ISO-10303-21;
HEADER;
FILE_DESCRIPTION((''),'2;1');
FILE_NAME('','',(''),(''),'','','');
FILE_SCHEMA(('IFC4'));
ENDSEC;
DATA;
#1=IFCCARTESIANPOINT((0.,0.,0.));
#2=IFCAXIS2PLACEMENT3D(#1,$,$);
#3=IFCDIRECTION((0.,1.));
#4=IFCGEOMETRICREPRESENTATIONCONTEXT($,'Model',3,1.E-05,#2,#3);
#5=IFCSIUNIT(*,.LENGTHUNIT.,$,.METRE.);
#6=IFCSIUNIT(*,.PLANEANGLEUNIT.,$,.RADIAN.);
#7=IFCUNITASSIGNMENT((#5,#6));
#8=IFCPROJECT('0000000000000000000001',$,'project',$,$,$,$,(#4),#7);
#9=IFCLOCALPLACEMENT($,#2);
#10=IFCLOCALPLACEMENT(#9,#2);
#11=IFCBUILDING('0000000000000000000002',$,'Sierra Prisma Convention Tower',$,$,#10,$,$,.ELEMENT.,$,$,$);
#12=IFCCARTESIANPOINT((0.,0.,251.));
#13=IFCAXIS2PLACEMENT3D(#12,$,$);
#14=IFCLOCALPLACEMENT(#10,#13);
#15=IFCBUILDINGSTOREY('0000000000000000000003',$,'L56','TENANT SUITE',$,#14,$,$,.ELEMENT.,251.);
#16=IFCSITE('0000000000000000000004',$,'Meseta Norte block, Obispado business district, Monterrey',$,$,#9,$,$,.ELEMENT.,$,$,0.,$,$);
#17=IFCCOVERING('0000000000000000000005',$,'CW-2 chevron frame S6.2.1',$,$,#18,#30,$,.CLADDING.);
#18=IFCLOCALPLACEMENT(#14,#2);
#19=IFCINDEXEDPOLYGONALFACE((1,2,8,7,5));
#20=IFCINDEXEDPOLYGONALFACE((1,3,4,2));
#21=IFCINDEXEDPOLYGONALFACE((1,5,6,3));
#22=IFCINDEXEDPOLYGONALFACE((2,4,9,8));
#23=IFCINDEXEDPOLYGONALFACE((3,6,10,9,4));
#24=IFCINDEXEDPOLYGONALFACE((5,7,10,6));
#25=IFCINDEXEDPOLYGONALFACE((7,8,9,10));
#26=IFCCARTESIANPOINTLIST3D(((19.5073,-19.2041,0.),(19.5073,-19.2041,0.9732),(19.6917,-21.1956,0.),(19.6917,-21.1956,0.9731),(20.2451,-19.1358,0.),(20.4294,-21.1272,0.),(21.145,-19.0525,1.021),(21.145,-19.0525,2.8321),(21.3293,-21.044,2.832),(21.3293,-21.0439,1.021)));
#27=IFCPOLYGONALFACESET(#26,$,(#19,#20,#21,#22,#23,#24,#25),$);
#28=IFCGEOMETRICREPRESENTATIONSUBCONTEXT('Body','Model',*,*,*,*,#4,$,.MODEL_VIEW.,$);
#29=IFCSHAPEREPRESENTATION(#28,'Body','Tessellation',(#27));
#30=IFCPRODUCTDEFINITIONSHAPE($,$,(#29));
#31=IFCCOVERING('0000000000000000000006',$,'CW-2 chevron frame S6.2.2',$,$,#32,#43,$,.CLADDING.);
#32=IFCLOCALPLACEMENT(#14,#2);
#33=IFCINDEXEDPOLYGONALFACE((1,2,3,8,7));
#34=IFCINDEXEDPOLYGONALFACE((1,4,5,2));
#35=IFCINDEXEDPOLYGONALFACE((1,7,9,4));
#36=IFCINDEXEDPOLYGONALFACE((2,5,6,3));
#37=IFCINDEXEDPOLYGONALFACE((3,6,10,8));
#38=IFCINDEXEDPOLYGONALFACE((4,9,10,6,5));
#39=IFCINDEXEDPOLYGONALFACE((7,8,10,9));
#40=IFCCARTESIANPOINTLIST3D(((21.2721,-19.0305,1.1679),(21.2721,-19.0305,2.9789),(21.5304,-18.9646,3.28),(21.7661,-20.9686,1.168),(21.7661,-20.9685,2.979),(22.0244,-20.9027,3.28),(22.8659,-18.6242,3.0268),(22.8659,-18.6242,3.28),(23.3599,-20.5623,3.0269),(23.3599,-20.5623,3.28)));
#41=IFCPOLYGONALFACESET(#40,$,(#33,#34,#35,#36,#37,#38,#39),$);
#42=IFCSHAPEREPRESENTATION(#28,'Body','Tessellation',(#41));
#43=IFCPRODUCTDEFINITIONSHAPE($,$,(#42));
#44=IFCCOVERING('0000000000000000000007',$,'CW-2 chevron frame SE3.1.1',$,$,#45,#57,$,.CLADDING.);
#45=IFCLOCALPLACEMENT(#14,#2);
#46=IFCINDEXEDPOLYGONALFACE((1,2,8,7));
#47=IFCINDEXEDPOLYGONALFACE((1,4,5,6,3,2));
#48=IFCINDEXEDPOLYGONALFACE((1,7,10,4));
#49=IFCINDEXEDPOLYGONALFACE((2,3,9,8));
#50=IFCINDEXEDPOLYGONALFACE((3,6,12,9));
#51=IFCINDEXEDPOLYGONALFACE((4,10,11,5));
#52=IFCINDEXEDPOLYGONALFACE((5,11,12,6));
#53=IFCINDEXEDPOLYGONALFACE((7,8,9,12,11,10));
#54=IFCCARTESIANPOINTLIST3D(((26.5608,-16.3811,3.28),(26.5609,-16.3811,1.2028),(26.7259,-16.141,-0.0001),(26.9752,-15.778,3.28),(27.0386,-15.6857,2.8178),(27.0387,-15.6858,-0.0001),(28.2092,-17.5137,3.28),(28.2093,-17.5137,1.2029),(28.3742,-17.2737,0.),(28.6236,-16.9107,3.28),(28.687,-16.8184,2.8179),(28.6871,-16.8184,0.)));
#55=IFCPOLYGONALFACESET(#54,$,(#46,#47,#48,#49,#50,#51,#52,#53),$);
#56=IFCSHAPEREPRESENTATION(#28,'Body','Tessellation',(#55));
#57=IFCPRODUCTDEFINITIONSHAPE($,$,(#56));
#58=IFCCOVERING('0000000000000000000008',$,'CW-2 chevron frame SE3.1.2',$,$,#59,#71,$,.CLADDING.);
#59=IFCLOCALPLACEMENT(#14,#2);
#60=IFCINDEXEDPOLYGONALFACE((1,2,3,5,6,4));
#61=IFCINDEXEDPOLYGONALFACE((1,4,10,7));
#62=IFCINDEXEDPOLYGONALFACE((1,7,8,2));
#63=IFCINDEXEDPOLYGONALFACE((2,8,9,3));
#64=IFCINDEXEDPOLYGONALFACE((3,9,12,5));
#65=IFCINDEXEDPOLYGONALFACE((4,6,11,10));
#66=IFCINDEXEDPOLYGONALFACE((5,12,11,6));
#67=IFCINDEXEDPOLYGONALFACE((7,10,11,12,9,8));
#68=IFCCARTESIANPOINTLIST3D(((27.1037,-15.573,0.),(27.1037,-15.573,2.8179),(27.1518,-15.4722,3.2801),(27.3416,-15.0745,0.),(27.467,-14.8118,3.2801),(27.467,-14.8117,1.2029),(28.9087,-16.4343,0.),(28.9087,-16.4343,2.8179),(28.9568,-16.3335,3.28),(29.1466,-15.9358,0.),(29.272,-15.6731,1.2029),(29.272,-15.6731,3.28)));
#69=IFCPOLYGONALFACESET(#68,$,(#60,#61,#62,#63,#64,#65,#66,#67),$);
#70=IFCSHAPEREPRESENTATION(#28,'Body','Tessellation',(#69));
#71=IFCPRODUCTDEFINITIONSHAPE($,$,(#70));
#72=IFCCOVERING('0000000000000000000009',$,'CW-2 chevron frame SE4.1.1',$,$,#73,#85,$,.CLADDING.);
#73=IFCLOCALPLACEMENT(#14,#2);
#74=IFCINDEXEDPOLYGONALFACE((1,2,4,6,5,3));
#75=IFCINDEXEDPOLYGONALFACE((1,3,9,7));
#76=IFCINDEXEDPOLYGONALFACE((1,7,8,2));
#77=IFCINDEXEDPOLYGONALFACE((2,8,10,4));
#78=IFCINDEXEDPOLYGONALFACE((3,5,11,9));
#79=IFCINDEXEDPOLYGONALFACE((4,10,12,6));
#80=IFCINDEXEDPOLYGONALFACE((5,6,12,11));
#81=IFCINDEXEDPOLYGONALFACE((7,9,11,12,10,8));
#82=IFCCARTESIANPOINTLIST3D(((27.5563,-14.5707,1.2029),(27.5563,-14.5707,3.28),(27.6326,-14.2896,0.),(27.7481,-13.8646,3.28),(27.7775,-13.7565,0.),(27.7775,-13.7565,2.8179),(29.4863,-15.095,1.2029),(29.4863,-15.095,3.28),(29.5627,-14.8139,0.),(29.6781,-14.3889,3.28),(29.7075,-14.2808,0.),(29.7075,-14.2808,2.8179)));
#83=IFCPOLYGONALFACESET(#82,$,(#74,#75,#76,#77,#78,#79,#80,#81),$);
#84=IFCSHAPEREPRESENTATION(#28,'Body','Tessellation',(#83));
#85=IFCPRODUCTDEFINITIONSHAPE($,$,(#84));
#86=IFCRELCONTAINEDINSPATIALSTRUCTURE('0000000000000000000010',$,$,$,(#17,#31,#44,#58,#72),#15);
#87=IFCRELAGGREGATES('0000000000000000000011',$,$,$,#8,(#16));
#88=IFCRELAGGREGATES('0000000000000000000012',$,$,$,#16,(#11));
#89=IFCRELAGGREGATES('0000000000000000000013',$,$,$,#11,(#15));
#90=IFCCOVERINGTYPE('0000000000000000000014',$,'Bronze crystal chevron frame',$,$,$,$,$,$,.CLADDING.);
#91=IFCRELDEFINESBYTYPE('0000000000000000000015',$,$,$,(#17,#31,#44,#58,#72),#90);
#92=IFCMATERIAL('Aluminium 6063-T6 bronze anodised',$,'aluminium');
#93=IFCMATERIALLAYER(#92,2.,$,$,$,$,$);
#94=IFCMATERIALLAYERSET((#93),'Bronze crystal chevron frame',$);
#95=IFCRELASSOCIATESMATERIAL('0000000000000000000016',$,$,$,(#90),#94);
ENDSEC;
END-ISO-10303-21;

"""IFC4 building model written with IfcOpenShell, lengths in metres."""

from ifc_helpers import new_model, si_unit, direction, frame, origin, place, context, subcontext, project, spatial, polyline, outline, extrude, material, layer, layer_set, type_object, element, save


model = new_model("IFC4")

# Units and contexts
model_context = context("Model", 3, precision=1e-05, world=origin(), true_north=direction((0.0, 1.0)))
body_context = subcontext(model_context, "Body", "Model", "MODEL_VIEW")
ifc_project = project(units=[si_unit("LENGTHUNIT", "METRE"), si_unit("PLANEANGLEUNIT", "RADIAN")], contexts=[model_context])

# Site, building, storey
site_placement = place(None, origin())
site = spatial("IfcSite", under=ifc_project, at=site_placement, Name="Meseta Norte block, Obispado business district, Monterrey", CompositionType="ELEMENT", RefElevation=0.0)
building_placement = place(site_placement, origin())
building = spatial("IfcBuilding", under=site, at=building_placement, Name="Sierra Prisma Convention Tower", CompositionType="ELEMENT")
storey_placement = place(building_placement, frame((0.0, 0.0, 251.0)))
storey = spatial("IfcBuildingStorey", under=building, at=storey_placement, Name="L56", Description="TENANT SUITE", CompositionType="ELEMENT", Elevation=251.0)

# Coverings
ifc_material_1 = material(Name="Aluminium 6063-T6 bronze anodised", Category="aluminium")
ifc_layer_1 = layer(ifc_material_1, 2.0)
ifc_layer_set_1 = layer_set([ifc_layer_1], Name="Bronze crystal chevron frame")
covering_type = type_object("IfcCoveringType", Name="Bronze crystal chevron frame", PredefinedType="CLADDING", material=ifc_layer_set_1)
covering_1_placement = place(storey_placement, frame((19.6917, -21.1956, 0.0), z_axis=(0.092193, -0.995741, -0.000018), x_axis=(0.995741, 0.092193, 0.0)))
element("IfcCovering", 1, at=covering_1_placement, inside=storey, type_object=covering_type, Name="CW-2 chevron frame S6.2.1", PredefinedType="CLADDING", context=body_context, shape_type="SweptSolid", body=[
    extrude(outline(polyline([(0.0, 0.0), (0.741, 0.0), (1.6447, 1.021), (1.6447, 2.832), (0.0, 0.9731), (0.0, 0.0)])), origin(), (0.0, 0.0, -1.0), 2.0),
])
covering_2_placement = place(storey_placement, frame((23.3599, -20.5623, 3.28), z_axis=(0.246998, -0.969016, 0.000032), x_axis=(-0.969016, -0.246998, 0.0)))
element("IfcCovering", 2, at=covering_2_placement, inside=storey, type_object=covering_type, Name="CW-2 chevron frame S6.2.2", PredefinedType="CLADDING", context=body_context, shape_type="SweptSolid", body=[
    extrude(outline(polyline([(0.0, 0.0), (1.3781, 0.0), (1.6447, 0.301), (1.6447, 2.1121), (0.0, 0.2532), (0.0, 0.0)])), origin(), (0.0, 0.0, -1.0), 2.0),
])
covering_3_placement = place(storey_placement, frame((28.2092, -17.5137, 3.28), z_axis=(0.824194, -0.566308, 0.000026), x_axis=(0.000022, -0.000015, -1.0)))
element("IfcCovering", 3, at=covering_3_placement, inside=storey, type_object=covering_type, Name="CW-2 chevron frame SE3.1.1", PredefinedType="CLADDING", context=body_context, shape_type="SweptSolid", body=[
    extrude(outline(polyline([(0.0, 0.0), (2.0771, 0.0), (3.28, 0.2913), (3.28, 0.8436), (0.4622, 0.8436), (0.0, 0.7316), (0.0, 0.0)])), origin(), (0.0, 0.0, -1.0), 2.0),
])
covering_4_placement = place(storey_placement, frame((28.9087, -16.4343, 0.0), z_axis=(0.902507, -0.430676, -0.000015), x_axis=(0.430676, 0.902507, 0.0)))
element("IfcCovering", 4, at=covering_4_placement, inside=storey, type_object=covering_type, Name="CW-2 chevron frame SE3.1.2", PredefinedType="CLADDING", context=body_context, shape_type="SweptSolid", body=[
    extrude(outline(polyline([(0.0, 0.0), (0.5523, 0.0), (0.8435, 1.2029), (0.8435, 3.28), (0.1117, 3.28), (0.0, 2.8179), (0.0, 0.0)])), origin(), (0.0, 0.0, -1.0), 2.0),
])
covering_5_placement = place(storey_placement, frame((29.4863, -15.095, 3.28), z_axis=(0.965026, -0.262153, -0.000001), x_axis=(-0.000001, 0.0, -1.0)))
element("IfcCovering", 5, at=covering_5_placement, inside=storey, type_object=covering_type, Name="CW-2 chevron frame SE4.1.1", PredefinedType="CLADDING", context=body_context, shape_type="SweptSolid", body=[
    extrude(outline(polyline([(0.0, 0.0), (2.0771, 0.0), (3.28, 0.2912), (3.28, 0.8437), (0.4622, 0.8437), (0.0, 0.7317), (0.0, 0.0)])), origin(), (0.0, 0.0, -1.0), 2.0),
])

save(model, "model.ifc")
